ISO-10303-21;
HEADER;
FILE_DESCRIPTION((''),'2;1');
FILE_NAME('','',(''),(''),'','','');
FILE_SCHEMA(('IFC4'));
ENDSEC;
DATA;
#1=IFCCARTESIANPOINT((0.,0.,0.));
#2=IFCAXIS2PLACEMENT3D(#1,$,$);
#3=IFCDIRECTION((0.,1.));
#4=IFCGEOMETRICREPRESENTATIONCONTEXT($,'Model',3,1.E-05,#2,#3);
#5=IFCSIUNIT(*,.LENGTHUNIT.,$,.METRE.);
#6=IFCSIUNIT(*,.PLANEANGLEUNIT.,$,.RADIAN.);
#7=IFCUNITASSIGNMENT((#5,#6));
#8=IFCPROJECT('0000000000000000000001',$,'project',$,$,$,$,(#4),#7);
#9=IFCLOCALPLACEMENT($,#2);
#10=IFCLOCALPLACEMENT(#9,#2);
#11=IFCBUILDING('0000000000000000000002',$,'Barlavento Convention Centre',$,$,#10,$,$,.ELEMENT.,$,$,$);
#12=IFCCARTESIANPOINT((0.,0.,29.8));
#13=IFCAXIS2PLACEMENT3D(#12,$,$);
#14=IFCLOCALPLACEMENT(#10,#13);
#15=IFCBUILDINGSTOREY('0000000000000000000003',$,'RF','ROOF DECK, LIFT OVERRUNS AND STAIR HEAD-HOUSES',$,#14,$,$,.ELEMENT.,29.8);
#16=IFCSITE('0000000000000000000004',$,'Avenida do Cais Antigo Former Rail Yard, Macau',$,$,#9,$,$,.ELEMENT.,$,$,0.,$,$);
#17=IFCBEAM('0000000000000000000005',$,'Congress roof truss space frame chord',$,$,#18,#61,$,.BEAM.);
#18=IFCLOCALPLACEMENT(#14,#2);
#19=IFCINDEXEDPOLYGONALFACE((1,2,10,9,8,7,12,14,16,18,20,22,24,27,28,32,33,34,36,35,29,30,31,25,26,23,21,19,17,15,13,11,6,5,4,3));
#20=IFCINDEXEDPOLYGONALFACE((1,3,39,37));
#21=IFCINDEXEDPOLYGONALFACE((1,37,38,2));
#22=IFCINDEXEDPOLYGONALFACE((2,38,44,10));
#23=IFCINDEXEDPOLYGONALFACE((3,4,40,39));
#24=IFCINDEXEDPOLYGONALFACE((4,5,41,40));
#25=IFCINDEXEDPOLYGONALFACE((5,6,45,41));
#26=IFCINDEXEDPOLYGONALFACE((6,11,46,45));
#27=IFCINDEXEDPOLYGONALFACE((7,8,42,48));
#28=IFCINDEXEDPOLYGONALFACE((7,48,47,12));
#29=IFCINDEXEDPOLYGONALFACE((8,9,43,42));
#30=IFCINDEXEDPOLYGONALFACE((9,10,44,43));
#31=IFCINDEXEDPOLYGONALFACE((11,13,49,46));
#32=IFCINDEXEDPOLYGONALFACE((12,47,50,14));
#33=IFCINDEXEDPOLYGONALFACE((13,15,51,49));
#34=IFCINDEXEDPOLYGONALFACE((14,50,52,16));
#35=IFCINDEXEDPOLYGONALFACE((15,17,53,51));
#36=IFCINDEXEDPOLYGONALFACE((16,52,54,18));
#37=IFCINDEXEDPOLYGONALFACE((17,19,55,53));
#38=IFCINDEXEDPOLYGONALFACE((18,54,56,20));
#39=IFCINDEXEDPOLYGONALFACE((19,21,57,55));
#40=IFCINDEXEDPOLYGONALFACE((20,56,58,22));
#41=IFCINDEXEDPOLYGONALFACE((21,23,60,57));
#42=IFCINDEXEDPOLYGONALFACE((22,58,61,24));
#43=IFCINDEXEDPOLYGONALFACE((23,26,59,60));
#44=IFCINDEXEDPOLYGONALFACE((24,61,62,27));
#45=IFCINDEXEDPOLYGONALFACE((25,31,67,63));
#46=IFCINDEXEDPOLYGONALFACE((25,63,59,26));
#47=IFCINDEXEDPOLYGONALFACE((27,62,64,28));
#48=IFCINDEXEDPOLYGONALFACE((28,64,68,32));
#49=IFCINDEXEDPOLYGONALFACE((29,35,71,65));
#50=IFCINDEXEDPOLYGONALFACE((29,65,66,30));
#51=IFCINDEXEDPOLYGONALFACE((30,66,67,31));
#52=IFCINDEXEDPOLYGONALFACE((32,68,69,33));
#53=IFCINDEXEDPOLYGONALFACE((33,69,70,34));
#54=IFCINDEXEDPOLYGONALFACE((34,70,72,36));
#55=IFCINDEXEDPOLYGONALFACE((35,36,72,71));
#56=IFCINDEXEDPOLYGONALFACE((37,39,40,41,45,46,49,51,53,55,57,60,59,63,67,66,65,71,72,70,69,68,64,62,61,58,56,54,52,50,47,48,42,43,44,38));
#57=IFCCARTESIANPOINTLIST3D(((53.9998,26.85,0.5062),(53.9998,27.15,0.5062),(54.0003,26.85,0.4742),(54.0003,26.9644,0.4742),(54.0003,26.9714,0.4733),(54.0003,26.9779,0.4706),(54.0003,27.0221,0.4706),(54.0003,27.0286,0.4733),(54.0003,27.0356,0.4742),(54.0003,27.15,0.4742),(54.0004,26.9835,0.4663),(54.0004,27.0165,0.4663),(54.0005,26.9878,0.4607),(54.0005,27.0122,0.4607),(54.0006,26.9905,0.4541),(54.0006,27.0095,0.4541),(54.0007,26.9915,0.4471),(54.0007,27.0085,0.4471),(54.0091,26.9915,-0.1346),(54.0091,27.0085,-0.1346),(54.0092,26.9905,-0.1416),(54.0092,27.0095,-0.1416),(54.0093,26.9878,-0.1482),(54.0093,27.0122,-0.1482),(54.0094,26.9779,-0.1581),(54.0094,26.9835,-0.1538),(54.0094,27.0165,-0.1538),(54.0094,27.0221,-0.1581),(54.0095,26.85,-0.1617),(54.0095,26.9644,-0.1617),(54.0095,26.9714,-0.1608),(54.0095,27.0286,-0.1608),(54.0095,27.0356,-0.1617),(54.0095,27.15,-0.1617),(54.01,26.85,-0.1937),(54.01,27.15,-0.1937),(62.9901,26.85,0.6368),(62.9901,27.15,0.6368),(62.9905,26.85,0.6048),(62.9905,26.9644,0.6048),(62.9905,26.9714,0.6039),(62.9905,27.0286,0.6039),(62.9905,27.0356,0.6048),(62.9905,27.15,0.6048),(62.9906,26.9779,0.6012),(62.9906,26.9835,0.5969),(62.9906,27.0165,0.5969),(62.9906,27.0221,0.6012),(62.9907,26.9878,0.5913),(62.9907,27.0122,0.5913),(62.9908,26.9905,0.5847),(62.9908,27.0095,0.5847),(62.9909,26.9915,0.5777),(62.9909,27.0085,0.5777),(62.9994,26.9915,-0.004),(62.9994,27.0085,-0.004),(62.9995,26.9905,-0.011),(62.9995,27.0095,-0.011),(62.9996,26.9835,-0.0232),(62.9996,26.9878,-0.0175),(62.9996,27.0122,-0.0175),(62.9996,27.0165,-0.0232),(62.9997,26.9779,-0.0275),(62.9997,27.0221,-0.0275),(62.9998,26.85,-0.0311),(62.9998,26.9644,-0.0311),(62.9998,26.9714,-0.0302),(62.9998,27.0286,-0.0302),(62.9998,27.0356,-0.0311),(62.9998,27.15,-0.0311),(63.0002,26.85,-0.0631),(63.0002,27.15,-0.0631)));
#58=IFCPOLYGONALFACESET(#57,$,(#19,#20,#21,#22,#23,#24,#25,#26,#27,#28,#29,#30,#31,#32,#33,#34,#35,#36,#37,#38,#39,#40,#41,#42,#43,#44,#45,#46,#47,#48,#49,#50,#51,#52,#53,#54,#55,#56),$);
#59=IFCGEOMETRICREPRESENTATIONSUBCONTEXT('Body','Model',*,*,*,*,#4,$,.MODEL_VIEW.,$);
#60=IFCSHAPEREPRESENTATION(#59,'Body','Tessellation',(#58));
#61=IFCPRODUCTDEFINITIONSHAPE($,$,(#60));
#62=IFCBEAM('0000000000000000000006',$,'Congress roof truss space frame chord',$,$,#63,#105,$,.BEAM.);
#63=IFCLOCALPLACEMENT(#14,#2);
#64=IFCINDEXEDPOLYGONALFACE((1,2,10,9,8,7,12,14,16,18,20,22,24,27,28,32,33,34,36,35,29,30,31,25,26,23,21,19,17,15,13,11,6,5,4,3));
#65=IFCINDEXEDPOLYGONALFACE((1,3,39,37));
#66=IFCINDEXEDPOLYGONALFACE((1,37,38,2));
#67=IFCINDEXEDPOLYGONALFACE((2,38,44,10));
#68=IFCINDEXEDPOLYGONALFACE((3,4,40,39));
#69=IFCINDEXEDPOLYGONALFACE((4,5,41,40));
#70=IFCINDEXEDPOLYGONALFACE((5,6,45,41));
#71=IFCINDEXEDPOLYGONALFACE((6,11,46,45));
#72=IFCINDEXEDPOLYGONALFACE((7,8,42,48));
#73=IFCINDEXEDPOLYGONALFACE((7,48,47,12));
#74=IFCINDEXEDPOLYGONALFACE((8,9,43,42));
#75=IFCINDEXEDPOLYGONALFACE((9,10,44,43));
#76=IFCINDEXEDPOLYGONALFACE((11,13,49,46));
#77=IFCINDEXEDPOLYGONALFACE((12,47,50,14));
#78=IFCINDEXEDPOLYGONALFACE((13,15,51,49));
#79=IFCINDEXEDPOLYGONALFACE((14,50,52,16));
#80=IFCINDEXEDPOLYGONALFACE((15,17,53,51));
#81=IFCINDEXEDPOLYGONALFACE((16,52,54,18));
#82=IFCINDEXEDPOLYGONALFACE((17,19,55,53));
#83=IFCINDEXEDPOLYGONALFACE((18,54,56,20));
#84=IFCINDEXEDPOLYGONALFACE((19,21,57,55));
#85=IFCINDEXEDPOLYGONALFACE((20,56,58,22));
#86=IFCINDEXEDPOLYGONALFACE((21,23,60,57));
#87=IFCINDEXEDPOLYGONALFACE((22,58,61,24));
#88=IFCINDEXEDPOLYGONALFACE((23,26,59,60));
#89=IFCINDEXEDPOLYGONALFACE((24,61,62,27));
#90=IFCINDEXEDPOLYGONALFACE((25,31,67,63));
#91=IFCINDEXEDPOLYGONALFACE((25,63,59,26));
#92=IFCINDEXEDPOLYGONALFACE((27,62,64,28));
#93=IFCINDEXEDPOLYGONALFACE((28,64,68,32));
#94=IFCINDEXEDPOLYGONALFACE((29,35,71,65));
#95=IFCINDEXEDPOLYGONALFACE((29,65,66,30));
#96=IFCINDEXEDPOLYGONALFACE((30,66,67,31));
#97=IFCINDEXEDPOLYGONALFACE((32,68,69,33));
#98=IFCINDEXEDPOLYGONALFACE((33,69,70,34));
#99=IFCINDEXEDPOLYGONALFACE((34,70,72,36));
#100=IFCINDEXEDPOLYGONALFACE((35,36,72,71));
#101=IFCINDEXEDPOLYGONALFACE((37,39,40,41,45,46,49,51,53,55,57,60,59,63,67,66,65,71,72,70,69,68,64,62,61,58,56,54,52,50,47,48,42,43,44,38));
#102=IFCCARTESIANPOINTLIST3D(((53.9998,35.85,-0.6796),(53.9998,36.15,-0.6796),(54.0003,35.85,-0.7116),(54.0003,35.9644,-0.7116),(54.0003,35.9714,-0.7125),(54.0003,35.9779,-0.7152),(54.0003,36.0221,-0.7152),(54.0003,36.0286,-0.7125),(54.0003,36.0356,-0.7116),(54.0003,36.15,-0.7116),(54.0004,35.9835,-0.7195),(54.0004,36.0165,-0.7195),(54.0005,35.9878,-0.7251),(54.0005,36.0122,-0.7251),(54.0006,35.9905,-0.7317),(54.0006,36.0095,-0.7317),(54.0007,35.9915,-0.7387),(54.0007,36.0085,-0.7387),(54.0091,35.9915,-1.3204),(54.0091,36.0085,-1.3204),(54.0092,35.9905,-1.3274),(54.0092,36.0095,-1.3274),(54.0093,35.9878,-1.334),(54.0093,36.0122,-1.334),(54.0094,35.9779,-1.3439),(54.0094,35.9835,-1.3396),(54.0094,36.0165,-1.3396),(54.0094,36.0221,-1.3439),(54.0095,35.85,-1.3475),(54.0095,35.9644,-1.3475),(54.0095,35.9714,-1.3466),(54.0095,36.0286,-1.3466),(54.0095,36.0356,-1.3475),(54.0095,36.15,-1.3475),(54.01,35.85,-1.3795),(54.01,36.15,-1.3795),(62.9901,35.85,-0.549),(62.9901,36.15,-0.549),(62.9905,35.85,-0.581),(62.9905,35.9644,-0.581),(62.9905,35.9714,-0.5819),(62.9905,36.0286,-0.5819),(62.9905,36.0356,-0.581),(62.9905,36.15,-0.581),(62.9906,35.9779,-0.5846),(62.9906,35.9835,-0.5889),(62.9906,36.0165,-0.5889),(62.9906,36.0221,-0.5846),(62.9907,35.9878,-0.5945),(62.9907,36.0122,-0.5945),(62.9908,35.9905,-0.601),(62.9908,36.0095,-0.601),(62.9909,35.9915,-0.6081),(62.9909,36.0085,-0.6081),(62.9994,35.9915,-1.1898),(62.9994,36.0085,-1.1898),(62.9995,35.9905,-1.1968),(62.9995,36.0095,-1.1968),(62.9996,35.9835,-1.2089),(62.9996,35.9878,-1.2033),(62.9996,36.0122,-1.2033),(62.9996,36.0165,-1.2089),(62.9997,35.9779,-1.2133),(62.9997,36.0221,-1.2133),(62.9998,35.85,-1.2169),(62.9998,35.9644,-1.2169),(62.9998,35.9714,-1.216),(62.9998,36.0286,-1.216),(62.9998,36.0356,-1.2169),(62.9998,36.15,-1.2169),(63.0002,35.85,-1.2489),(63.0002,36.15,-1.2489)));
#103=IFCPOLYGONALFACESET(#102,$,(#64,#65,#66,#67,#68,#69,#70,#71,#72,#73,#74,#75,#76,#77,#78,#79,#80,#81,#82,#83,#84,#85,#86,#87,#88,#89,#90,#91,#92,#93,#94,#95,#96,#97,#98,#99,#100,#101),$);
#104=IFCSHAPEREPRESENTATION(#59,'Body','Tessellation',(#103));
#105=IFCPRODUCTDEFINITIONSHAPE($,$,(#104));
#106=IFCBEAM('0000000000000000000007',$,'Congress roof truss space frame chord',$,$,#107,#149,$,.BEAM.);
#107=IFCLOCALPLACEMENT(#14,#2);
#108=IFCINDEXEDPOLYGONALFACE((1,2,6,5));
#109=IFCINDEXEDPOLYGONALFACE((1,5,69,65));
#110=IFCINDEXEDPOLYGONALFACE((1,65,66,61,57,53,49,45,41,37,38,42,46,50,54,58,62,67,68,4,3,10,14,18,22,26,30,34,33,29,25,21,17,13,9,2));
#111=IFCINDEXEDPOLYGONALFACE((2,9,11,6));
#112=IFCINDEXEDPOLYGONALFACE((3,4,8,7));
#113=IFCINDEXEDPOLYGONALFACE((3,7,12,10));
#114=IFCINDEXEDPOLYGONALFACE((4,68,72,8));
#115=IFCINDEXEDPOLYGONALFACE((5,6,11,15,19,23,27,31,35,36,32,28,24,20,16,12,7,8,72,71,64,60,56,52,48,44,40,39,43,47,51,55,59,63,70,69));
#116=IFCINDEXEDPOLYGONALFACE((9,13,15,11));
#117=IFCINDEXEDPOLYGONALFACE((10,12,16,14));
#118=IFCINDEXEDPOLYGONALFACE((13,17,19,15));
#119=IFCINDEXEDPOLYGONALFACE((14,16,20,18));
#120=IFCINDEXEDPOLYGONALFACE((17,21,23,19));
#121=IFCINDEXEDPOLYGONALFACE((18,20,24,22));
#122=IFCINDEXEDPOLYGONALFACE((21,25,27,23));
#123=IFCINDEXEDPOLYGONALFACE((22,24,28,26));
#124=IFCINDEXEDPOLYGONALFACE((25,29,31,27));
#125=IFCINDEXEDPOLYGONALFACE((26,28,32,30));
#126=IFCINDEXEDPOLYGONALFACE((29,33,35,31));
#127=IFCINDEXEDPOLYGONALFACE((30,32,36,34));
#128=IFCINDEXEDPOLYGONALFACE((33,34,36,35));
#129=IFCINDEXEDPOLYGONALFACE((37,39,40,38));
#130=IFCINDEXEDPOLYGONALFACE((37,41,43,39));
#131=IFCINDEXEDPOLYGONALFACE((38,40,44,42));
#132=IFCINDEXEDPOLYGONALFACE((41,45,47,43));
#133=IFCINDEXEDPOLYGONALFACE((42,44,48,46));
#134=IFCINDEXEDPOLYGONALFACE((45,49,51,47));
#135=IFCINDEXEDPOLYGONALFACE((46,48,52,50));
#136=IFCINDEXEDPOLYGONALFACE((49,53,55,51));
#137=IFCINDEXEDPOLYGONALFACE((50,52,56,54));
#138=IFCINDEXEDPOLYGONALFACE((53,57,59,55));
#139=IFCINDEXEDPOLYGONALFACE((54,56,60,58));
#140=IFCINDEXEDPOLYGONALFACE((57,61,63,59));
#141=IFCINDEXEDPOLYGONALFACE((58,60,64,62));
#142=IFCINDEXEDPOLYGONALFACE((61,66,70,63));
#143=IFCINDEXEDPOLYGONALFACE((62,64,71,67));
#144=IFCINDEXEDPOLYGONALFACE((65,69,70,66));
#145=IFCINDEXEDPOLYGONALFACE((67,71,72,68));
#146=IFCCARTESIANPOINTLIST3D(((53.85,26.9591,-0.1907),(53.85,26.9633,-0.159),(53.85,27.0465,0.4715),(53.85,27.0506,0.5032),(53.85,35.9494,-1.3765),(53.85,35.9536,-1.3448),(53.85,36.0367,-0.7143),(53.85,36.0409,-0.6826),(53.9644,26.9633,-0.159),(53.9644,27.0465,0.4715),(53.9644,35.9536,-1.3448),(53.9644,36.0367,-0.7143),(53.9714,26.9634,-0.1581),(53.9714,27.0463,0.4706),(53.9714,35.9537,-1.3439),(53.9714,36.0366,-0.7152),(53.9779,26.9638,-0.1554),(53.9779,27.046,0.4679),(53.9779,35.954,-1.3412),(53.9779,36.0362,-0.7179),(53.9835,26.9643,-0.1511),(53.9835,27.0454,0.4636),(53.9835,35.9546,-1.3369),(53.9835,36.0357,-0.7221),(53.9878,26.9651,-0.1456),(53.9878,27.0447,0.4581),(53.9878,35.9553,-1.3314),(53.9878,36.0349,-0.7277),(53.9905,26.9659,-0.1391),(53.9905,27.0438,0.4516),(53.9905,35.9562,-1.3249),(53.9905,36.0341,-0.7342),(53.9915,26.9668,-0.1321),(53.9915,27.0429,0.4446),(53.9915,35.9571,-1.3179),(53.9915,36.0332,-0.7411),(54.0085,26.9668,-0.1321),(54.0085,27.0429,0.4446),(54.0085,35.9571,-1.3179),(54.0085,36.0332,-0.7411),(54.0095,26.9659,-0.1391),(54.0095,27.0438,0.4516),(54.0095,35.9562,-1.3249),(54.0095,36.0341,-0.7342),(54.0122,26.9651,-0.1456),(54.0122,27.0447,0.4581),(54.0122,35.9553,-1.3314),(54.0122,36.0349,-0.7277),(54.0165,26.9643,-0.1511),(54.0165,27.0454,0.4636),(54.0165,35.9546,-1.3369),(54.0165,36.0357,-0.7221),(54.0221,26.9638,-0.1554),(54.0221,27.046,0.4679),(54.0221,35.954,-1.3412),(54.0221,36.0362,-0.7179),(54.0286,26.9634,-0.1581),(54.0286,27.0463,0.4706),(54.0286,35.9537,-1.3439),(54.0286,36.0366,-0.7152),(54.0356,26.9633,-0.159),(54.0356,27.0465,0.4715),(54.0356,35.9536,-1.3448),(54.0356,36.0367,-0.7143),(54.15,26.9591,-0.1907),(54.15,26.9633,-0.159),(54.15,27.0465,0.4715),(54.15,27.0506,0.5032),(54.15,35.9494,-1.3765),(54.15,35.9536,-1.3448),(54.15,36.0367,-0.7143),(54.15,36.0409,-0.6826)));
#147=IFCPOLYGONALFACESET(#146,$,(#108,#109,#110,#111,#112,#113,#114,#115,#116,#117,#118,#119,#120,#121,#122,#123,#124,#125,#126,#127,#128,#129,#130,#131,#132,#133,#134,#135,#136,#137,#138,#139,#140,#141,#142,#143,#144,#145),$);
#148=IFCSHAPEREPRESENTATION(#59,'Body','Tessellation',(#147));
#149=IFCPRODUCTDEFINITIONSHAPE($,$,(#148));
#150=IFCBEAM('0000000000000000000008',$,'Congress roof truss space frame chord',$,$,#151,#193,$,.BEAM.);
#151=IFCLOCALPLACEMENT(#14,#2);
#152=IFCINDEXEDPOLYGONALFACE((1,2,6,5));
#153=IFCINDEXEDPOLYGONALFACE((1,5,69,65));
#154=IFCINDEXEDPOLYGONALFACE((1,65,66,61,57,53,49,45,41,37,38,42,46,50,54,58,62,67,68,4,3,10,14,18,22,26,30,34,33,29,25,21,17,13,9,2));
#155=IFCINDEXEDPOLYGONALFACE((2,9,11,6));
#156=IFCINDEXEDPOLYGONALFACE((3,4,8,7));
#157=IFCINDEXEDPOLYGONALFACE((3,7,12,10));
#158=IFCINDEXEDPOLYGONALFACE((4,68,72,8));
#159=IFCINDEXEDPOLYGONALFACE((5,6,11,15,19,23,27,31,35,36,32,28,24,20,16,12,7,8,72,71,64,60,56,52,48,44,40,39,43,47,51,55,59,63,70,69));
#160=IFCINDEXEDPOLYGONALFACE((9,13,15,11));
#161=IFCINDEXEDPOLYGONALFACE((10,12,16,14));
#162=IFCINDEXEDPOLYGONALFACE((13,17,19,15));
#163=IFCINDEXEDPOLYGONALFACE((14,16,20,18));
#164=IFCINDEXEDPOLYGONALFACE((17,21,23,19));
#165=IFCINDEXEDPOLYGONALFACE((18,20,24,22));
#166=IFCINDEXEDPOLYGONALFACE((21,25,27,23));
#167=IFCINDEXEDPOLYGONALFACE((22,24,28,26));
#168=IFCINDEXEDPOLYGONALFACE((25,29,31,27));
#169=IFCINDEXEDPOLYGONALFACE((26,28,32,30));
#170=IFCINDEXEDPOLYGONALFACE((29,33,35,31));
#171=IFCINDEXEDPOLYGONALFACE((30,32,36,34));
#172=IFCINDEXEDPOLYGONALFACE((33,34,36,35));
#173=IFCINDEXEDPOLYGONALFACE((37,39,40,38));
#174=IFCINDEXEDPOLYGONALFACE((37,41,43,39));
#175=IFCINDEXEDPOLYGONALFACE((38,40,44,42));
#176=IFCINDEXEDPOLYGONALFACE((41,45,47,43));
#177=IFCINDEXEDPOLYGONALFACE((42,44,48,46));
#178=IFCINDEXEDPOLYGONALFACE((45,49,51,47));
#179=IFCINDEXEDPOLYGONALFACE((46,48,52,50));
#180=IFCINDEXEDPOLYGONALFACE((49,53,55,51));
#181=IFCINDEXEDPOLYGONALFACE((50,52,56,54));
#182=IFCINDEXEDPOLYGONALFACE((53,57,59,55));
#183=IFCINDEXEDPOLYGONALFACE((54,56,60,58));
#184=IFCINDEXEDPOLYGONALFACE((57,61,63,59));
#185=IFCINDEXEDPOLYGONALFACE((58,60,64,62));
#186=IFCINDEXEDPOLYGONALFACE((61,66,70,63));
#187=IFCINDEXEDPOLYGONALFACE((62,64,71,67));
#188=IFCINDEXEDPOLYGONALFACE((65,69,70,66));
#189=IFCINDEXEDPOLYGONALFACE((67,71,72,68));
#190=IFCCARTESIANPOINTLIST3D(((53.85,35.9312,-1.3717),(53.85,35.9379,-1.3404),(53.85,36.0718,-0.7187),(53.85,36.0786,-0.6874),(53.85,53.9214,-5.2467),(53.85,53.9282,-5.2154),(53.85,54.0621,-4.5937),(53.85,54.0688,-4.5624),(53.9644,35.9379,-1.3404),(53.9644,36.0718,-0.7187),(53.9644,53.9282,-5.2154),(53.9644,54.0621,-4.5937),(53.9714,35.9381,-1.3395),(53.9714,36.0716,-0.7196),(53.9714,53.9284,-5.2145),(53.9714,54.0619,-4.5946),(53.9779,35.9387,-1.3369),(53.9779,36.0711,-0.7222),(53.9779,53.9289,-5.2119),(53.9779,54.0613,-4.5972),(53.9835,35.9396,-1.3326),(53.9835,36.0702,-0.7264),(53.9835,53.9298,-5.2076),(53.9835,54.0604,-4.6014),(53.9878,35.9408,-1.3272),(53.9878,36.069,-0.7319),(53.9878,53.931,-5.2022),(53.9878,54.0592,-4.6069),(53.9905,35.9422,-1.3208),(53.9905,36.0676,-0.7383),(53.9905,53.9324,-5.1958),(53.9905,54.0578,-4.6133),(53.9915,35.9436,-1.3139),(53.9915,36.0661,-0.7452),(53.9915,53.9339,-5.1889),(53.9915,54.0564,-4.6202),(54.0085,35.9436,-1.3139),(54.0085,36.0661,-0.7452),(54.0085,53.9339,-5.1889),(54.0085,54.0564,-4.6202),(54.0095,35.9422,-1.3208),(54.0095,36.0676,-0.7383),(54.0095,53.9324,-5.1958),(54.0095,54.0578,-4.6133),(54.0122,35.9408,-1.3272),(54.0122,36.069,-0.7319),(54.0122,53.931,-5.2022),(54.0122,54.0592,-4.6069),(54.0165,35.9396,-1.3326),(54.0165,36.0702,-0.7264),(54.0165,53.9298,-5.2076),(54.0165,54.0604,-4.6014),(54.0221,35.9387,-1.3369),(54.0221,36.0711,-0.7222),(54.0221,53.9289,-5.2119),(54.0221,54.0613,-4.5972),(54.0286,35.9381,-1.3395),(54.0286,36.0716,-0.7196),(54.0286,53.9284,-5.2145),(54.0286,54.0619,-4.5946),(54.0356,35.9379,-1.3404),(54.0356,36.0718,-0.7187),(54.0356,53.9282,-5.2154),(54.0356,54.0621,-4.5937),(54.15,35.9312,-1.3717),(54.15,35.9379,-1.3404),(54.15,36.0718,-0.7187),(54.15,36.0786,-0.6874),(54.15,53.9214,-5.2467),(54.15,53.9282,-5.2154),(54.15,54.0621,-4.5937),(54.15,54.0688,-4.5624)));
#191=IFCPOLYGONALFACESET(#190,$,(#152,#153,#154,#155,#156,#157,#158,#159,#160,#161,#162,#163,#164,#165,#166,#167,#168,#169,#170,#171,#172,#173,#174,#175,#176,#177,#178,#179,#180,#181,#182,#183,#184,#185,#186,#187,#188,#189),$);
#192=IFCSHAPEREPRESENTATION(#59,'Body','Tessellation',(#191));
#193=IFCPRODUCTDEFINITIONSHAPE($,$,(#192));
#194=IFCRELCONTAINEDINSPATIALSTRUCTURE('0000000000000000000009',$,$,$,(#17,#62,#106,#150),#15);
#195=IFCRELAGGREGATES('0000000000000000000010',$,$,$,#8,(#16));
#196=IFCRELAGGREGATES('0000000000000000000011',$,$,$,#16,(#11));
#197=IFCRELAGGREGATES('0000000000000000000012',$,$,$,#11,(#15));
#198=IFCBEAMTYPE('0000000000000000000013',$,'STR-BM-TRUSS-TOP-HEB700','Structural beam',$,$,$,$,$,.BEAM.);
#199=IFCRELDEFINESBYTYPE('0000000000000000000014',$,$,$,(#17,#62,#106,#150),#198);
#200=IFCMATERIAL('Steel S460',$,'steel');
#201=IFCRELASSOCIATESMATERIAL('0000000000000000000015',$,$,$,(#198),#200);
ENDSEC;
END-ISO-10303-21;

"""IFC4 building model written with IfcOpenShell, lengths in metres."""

from ifc_helpers import new_model, si_unit, direction, frame, origin, origin_2d, place, context, subcontext, project, spatial, i_section, extrude, material, material_profile, profile_set, type_object, element, save


model = new_model("IFC4")

# Units and contexts
model_context = context("Model", 3, precision=1e-05, world=origin(), true_north=direction((0.0, 1.0)))
body_context = subcontext(model_context, "Body", "Model", "MODEL_VIEW")
ifc_project = project(units=[si_unit("LENGTHUNIT", "METRE"), si_unit("PLANEANGLEUNIT", "RADIAN")], contexts=[model_context])

# Site, building, storey
site_placement = place(None, origin())
site = spatial("IfcSite", under=ifc_project, at=site_placement, Name="Avenida do Cais Antigo Former Rail Yard, Macau", CompositionType="ELEMENT", RefElevation=0.0)
building_placement = place(site_placement, origin())
building = spatial("IfcBuilding", under=site, at=building_placement, Name="Barlavento Convention Centre", CompositionType="ELEMENT")
storey_placement = place(building_placement, frame((0.0, 0.0, 29.8)))
storey = spatial("IfcBuildingStorey", under=building, at=storey_placement, Name="RF", Description="ROOF DECK, LIFT OVERRUNS AND STAIR HEAD-HOUSES", CompositionType="ELEMENT", Elevation=29.8)

# Beams
ifc_material_1 = material(Name="Steel S460", Category="steel")
ifc_material_profile_1 = material_profile(ifc_material_1, i_section(OverallWidth=0.3, OverallDepth=0.7, WebThickness=0.0171, FlangeThickness=0.032, FilletRadius=0.0271, at=origin_2d()), Name="HEB 700")
ifc_profile_set_1 = profile_set([ifc_material_profile_1], Name="Steel S460")
beam_type = type_object("IfcBeamType", Name="STR-BM-TRUSS-TOP-HEB700", Description="Structural beam", PredefinedType="BEAM", material=ifc_profile_set_1)
for number, where, z_axis, x_axis, name in (
    (1, (54.0049, 27.0, 0.1562), (0.999894, 0.0, 0.014527), (0.0, 1.0, 0.0), "Congress roof truss space frame chord"),
    (2, (54.0049, 36.0, -1.0295), (0.999894, 0.0, 0.014527), (0.0, 1.0, 0.0), "Congress roof truss space frame chord"),
):
    element("IfcBeam", number, at=place(storey_placement, frame(where, z_axis=z_axis, x_axis=x_axis)), inside=storey, type_object=beam_type, Name=name, PredefinedType="BEAM", context=body_context, shape_type="SweptSolid", body=[
        extrude(i_section(OverallWidth=0.3, OverallDepth=0.7, WebThickness=0.0171, FlangeThickness=0.032, FilletRadius=0.0271, at=origin_2d()), origin(), (0.0, 0.0, 1.0), 8.9912),
    ])
beam_1_placement = place(storey_placement, frame((54.0, 27.0049, 0.1562), z_axis=(0.0, 0.991413, -0.130765), x_axis=(-1.0, 0.0, 0.0)))
element("IfcBeam", 3, at=beam_1_placement, inside=storey, type_object=beam_type, Name="Congress roof truss space frame chord", PredefinedType="BEAM", context=body_context, shape_type="SweptSolid", body=[
    extrude(i_section(OverallWidth=0.3, OverallDepth=0.7, WebThickness=0.0171, FlangeThickness=0.032, FilletRadius=0.0271, at=origin_2d()), origin(), (0.0, 0.0, 1.0), 9.0681),
])
beam_2_placement = place(storey_placement, frame((54.0, 36.0049, -1.0295), z_axis=(0.0, 0.97758, -0.210565), x_axis=(-1.0, 0.0, 0.0)))
element("IfcBeam", 4, at=beam_2_placement, inside=storey, type_object=beam_type, Name="Congress roof truss space frame chord", PredefinedType="BEAM", context=body_context, shape_type="SweptSolid", body=[
    extrude(i_section(OverallWidth=0.3, OverallDepth=0.7, WebThickness=0.0171, FlangeThickness=0.032, FilletRadius=0.0271, at=origin_2d()), origin(), (0.0, 0.0, 1.0), 18.4028),
])

save(model, "model.ifc")
